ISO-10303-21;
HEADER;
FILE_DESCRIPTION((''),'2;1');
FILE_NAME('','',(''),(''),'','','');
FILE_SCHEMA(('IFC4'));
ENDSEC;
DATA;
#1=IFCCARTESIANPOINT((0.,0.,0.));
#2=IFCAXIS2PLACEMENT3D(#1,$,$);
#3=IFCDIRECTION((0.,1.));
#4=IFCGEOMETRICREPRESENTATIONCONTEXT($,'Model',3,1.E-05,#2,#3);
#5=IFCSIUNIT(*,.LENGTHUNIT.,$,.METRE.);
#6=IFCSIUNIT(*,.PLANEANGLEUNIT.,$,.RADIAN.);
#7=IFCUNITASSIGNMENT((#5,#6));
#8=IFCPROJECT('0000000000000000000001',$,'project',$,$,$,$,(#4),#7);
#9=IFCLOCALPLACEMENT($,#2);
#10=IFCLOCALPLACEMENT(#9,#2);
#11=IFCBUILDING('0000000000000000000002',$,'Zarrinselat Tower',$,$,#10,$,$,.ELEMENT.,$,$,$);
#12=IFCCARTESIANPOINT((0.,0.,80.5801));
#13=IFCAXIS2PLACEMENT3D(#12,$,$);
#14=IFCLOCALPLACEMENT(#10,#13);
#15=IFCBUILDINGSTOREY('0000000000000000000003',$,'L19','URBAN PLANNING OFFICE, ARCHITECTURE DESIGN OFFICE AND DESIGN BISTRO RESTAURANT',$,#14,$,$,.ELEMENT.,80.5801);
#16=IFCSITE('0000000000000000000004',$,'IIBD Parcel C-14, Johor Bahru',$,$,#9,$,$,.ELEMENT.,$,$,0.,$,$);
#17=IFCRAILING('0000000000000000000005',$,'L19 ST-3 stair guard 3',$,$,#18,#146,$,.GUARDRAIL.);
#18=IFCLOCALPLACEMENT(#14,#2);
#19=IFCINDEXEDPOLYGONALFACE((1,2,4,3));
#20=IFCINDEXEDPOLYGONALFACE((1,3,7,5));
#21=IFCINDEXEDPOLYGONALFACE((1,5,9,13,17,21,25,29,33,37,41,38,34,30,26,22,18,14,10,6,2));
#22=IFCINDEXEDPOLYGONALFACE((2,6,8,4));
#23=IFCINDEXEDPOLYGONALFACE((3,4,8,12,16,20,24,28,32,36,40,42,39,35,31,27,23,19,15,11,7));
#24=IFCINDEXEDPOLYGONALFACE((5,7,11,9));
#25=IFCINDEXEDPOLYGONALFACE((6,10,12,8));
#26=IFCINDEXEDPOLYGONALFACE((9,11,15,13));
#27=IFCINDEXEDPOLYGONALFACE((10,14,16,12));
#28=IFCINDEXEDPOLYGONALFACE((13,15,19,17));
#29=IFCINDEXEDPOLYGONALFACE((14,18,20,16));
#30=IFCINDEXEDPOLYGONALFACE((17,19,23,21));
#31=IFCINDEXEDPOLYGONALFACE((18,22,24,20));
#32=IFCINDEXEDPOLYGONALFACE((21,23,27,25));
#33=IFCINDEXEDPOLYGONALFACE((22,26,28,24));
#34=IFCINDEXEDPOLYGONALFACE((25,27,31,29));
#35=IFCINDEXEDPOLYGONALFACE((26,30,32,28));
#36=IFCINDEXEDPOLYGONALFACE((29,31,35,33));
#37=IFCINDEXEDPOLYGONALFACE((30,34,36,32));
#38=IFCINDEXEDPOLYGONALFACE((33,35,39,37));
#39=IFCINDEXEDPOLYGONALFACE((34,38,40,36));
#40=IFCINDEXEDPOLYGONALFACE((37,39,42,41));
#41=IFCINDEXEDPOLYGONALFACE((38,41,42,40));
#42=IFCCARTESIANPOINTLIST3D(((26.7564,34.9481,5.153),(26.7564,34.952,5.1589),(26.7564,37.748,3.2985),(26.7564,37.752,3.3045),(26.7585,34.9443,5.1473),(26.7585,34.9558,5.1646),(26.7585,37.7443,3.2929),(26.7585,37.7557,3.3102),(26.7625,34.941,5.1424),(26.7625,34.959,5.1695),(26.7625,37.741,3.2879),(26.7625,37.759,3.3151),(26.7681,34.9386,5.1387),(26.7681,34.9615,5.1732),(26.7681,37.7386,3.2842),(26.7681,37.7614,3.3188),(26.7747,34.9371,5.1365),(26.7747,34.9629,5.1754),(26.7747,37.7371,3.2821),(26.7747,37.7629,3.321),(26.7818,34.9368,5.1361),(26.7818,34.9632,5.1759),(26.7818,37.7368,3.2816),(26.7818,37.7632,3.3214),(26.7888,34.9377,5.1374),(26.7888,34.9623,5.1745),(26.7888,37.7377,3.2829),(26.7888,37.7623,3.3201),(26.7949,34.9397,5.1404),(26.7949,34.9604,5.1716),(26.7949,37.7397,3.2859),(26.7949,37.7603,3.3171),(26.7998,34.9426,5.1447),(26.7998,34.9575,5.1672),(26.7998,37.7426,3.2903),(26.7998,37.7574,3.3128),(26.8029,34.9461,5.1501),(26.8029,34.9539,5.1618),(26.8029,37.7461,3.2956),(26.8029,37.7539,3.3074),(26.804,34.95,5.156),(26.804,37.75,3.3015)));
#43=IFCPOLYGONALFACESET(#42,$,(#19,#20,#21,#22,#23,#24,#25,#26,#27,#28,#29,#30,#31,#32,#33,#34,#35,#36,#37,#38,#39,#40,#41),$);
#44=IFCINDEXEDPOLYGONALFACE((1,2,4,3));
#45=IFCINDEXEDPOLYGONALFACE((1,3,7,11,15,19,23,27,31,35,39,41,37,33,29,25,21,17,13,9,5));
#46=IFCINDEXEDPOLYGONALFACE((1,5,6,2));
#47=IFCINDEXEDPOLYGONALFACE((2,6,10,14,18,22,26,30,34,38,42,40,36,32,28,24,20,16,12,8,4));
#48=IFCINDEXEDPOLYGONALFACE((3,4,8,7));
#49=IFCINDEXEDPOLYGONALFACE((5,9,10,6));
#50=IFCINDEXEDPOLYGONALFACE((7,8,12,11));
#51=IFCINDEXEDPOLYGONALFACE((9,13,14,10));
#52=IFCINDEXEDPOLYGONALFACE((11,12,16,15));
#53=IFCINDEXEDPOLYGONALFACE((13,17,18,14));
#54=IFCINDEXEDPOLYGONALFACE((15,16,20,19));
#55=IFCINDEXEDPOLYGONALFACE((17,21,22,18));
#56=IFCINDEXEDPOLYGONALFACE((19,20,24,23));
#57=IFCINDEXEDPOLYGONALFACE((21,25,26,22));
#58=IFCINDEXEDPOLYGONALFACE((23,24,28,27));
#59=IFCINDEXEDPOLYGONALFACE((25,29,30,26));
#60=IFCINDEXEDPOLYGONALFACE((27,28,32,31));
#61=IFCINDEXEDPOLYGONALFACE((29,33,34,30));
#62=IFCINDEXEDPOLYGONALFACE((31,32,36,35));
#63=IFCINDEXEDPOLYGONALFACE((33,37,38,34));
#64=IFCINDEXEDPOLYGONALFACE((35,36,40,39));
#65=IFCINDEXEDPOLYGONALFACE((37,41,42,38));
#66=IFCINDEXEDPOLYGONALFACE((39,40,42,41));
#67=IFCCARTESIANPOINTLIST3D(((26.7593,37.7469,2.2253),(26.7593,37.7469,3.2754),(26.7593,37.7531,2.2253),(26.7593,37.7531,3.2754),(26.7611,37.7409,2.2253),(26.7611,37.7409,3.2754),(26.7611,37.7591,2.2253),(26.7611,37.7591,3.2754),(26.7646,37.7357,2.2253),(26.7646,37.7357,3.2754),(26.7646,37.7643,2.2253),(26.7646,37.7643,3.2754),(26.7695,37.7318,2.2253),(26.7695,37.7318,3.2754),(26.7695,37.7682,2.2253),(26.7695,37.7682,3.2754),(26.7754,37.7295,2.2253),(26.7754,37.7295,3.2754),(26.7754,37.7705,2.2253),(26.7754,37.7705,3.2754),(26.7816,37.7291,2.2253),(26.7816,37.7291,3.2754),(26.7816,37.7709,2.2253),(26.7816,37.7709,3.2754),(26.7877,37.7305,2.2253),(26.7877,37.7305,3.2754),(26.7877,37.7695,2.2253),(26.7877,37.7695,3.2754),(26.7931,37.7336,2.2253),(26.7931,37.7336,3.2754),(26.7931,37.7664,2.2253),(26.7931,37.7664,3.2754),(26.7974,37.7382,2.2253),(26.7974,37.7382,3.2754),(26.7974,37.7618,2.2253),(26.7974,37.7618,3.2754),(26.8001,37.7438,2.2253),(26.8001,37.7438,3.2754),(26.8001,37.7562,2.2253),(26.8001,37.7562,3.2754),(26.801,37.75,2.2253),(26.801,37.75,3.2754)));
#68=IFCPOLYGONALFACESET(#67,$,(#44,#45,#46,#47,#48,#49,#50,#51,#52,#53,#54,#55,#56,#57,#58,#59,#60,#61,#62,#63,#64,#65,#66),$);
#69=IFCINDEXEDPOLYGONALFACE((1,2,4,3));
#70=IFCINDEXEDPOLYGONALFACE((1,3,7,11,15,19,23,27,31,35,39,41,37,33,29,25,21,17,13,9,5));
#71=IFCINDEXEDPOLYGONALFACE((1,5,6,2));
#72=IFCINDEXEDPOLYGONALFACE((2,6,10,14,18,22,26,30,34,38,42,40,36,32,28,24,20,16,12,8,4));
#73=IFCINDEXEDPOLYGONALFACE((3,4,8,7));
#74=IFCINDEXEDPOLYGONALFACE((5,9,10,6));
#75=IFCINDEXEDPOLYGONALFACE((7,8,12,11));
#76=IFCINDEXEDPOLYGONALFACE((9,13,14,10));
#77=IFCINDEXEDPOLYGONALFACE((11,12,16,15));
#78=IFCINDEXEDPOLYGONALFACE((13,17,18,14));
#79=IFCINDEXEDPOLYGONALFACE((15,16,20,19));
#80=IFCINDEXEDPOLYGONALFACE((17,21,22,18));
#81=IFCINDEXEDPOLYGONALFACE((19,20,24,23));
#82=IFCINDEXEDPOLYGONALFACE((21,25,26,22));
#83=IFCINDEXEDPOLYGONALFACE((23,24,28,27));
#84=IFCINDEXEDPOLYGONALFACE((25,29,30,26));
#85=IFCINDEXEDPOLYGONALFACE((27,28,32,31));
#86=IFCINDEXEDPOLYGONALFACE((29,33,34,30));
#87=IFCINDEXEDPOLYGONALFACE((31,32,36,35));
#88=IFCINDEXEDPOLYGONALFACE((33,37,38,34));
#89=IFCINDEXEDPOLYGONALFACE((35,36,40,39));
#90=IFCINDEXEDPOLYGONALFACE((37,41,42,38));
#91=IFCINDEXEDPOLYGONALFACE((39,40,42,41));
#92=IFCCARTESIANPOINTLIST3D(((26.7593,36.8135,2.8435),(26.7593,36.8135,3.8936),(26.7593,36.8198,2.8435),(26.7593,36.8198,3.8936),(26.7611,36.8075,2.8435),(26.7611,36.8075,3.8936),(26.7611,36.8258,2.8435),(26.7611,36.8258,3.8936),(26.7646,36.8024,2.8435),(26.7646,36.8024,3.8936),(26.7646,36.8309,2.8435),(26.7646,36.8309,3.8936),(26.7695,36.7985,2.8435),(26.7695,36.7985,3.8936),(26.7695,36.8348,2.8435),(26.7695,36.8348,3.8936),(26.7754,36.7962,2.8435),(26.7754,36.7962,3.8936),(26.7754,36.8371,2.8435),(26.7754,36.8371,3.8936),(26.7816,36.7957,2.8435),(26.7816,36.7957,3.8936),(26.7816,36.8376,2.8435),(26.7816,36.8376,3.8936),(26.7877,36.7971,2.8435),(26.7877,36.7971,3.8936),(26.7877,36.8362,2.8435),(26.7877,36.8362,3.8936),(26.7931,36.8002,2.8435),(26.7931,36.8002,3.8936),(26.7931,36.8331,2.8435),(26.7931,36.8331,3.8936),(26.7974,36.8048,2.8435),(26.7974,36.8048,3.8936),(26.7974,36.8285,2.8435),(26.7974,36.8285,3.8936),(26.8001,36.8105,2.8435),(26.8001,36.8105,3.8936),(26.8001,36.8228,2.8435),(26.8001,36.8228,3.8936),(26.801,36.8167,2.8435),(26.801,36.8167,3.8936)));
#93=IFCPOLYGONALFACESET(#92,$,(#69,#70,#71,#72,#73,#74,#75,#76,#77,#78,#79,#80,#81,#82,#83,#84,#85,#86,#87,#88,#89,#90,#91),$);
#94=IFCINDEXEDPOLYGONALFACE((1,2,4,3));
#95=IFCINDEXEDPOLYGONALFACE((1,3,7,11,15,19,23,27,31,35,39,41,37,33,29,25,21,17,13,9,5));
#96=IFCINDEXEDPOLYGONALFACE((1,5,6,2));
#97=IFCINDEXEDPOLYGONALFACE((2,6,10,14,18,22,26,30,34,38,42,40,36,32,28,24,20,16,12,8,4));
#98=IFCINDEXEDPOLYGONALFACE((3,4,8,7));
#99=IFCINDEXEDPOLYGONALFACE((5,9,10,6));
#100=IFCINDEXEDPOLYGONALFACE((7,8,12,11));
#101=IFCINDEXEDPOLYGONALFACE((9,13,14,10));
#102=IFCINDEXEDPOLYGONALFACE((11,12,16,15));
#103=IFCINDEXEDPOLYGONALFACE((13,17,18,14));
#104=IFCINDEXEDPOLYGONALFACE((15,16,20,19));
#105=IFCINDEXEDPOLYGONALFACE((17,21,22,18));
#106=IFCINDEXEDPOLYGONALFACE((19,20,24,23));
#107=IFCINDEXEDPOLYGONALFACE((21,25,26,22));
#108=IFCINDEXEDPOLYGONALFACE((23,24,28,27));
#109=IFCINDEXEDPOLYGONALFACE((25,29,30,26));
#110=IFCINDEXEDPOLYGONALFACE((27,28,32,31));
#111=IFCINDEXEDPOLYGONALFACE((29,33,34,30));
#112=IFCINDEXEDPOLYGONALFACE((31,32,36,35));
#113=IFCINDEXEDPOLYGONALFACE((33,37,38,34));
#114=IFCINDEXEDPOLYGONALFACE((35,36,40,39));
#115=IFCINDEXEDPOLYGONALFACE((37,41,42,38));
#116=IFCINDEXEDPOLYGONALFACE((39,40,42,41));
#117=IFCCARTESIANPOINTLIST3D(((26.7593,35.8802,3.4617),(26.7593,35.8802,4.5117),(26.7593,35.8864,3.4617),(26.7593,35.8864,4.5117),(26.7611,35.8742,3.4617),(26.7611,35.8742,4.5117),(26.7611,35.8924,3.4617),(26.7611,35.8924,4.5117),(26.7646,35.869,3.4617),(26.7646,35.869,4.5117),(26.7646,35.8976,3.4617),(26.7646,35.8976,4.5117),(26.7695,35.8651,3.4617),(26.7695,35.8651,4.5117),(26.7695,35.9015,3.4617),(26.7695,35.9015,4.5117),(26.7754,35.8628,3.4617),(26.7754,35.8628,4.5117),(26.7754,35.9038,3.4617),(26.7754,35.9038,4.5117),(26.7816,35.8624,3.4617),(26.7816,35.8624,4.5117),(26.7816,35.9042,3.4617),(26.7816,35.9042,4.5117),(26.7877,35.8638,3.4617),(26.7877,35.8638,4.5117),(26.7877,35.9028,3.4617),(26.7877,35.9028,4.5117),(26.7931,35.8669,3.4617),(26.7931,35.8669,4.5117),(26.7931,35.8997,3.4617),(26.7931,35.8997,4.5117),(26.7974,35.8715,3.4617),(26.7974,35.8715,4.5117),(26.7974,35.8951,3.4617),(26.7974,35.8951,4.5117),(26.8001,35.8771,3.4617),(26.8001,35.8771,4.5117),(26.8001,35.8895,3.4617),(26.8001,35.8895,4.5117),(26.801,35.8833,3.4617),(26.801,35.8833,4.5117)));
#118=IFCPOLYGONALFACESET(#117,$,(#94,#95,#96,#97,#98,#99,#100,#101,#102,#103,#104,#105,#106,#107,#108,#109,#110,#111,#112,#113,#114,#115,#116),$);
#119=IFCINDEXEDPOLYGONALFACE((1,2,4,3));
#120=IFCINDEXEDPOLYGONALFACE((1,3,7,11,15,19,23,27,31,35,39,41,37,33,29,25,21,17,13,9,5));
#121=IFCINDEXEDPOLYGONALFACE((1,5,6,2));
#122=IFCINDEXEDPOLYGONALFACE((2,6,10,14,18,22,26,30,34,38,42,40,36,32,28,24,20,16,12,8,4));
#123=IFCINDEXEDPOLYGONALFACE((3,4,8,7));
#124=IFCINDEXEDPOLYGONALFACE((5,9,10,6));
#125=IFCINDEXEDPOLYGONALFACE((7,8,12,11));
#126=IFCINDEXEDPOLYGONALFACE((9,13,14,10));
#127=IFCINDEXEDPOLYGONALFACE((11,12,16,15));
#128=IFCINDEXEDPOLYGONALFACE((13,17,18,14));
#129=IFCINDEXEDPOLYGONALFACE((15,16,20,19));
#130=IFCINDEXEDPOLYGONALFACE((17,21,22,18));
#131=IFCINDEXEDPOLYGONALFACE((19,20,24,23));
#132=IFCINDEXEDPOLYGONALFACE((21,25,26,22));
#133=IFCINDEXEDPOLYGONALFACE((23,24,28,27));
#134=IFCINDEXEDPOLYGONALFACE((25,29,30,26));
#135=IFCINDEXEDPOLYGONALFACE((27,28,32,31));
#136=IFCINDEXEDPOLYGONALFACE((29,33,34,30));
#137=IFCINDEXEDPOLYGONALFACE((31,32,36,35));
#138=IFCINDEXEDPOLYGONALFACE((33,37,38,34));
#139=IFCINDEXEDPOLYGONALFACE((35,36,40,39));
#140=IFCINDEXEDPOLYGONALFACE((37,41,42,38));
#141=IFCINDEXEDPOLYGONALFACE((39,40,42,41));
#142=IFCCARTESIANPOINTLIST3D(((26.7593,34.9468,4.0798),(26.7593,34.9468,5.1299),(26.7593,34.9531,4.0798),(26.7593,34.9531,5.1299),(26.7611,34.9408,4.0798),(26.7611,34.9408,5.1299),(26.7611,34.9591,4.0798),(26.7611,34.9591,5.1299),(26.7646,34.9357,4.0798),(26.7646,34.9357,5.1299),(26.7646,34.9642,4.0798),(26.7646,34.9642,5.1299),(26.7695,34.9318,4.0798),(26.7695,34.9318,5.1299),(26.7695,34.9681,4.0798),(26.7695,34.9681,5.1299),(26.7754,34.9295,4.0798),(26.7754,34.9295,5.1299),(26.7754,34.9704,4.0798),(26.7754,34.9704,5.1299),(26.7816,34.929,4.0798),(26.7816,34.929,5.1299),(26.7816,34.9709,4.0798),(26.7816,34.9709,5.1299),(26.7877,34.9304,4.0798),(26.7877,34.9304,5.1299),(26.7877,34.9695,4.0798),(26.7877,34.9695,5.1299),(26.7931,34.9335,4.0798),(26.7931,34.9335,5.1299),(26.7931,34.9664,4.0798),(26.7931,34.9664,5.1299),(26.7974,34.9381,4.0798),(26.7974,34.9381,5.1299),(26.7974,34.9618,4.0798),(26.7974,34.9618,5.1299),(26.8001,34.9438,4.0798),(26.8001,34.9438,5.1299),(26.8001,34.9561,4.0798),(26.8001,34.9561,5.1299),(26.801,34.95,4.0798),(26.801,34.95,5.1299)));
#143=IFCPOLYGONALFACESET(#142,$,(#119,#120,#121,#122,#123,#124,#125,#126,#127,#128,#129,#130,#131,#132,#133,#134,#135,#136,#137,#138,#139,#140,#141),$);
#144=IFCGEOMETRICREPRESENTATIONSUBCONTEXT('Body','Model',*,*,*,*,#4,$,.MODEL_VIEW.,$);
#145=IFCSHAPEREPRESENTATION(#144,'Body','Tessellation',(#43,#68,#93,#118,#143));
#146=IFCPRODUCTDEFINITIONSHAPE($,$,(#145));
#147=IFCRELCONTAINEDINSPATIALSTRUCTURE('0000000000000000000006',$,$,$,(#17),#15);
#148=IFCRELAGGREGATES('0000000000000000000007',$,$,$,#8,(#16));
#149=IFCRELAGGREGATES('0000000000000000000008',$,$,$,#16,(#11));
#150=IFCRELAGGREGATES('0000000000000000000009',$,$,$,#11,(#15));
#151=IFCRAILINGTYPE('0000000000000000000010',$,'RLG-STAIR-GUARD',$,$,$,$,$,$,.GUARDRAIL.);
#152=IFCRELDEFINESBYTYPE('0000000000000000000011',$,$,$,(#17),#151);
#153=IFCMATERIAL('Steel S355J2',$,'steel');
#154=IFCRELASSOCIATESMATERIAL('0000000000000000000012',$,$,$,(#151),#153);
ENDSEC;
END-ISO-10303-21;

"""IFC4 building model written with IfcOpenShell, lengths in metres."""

from ifc_helpers import new_model, si_unit, direction, frame, origin, origin_2d, place, context, subcontext, project, spatial, circle, extrude, material, type_object, element, save


model = new_model("IFC4")

# Units and contexts
model_context = context("Model", 3, precision=1e-05, world=origin(), true_north=direction((0.0, 1.0)))
body_context = subcontext(model_context, "Body", "Model", "MODEL_VIEW")
ifc_project = project(units=[si_unit("LENGTHUNIT", "METRE"), si_unit("PLANEANGLEUNIT", "RADIAN")], contexts=[model_context])

# Site, building, storey
site_placement = place(None, origin())
site = spatial("IfcSite", under=ifc_project, at=site_placement, Name="IIBD Parcel C-14, Johor Bahru", CompositionType="ELEMENT", RefElevation=0.0)
building_placement = place(site_placement, origin())
building = spatial("IfcBuilding", under=site, at=building_placement, Name="Zarrinselat Tower", CompositionType="ELEMENT")
storey_placement = place(building_placement, frame((0.0, 0.0, 80.5801)))
storey = spatial("IfcBuildingStorey", under=building, at=storey_placement, Name="L19", Description="URBAN PLANNING OFFICE, ARCHITECTURE DESIGN OFFICE AND DESIGN BISTRO RESTAURANT", CompositionType="ELEMENT", Elevation=80.5801)

# Railing
ifc_material_1 = material(Name="Steel S355J2", Category="steel")
railing_type_1 = type_object("IfcRailingType", Name="RLG-STAIR-GUARD", PredefinedType="GUARDRAIL", material=ifc_material_1)
railing_1_placement = place(storey_placement, frame((26.78, 37.75, 2.2253)))
element("IfcRailing", 1, at=railing_1_placement, inside=storey, type_object=railing_type_1, Name="L19 ST-3 stair guard 3", PredefinedType="GUARDRAIL", context=body_context, shape_type="SweptSolid", body=[
    extrude(circle(Radius=0.0239, at=origin_2d()), frame((0.0, 0.0, 1.0762), z_axis=(0.0, -0.833724, 0.552181), x_axis=(1.0, 0.0, 0.0)), (0.0, 0.0, 1.0), 3.3584),
    extrude(circle(Radius=0.021, at=origin_2d()), origin(), (0.0, 0.0, 1.0), 1.05),
    extrude(circle(Radius=0.021, at=origin_2d()), frame((0.0, -0.9333, 0.6182)), (0.0, 0.0, 1.0), 1.05),
    extrude(circle(Radius=0.021, at=origin_2d()), frame((0.0, -1.8667, 1.2363)), (0.0, 0.0, 1.0), 1.05),
    extrude(circle(Radius=0.021, at=origin_2d()), frame((0.0, -2.8, 1.8545)), (0.0, 0.0, 1.0), 1.05),
])

save(model, "model.ifc")
